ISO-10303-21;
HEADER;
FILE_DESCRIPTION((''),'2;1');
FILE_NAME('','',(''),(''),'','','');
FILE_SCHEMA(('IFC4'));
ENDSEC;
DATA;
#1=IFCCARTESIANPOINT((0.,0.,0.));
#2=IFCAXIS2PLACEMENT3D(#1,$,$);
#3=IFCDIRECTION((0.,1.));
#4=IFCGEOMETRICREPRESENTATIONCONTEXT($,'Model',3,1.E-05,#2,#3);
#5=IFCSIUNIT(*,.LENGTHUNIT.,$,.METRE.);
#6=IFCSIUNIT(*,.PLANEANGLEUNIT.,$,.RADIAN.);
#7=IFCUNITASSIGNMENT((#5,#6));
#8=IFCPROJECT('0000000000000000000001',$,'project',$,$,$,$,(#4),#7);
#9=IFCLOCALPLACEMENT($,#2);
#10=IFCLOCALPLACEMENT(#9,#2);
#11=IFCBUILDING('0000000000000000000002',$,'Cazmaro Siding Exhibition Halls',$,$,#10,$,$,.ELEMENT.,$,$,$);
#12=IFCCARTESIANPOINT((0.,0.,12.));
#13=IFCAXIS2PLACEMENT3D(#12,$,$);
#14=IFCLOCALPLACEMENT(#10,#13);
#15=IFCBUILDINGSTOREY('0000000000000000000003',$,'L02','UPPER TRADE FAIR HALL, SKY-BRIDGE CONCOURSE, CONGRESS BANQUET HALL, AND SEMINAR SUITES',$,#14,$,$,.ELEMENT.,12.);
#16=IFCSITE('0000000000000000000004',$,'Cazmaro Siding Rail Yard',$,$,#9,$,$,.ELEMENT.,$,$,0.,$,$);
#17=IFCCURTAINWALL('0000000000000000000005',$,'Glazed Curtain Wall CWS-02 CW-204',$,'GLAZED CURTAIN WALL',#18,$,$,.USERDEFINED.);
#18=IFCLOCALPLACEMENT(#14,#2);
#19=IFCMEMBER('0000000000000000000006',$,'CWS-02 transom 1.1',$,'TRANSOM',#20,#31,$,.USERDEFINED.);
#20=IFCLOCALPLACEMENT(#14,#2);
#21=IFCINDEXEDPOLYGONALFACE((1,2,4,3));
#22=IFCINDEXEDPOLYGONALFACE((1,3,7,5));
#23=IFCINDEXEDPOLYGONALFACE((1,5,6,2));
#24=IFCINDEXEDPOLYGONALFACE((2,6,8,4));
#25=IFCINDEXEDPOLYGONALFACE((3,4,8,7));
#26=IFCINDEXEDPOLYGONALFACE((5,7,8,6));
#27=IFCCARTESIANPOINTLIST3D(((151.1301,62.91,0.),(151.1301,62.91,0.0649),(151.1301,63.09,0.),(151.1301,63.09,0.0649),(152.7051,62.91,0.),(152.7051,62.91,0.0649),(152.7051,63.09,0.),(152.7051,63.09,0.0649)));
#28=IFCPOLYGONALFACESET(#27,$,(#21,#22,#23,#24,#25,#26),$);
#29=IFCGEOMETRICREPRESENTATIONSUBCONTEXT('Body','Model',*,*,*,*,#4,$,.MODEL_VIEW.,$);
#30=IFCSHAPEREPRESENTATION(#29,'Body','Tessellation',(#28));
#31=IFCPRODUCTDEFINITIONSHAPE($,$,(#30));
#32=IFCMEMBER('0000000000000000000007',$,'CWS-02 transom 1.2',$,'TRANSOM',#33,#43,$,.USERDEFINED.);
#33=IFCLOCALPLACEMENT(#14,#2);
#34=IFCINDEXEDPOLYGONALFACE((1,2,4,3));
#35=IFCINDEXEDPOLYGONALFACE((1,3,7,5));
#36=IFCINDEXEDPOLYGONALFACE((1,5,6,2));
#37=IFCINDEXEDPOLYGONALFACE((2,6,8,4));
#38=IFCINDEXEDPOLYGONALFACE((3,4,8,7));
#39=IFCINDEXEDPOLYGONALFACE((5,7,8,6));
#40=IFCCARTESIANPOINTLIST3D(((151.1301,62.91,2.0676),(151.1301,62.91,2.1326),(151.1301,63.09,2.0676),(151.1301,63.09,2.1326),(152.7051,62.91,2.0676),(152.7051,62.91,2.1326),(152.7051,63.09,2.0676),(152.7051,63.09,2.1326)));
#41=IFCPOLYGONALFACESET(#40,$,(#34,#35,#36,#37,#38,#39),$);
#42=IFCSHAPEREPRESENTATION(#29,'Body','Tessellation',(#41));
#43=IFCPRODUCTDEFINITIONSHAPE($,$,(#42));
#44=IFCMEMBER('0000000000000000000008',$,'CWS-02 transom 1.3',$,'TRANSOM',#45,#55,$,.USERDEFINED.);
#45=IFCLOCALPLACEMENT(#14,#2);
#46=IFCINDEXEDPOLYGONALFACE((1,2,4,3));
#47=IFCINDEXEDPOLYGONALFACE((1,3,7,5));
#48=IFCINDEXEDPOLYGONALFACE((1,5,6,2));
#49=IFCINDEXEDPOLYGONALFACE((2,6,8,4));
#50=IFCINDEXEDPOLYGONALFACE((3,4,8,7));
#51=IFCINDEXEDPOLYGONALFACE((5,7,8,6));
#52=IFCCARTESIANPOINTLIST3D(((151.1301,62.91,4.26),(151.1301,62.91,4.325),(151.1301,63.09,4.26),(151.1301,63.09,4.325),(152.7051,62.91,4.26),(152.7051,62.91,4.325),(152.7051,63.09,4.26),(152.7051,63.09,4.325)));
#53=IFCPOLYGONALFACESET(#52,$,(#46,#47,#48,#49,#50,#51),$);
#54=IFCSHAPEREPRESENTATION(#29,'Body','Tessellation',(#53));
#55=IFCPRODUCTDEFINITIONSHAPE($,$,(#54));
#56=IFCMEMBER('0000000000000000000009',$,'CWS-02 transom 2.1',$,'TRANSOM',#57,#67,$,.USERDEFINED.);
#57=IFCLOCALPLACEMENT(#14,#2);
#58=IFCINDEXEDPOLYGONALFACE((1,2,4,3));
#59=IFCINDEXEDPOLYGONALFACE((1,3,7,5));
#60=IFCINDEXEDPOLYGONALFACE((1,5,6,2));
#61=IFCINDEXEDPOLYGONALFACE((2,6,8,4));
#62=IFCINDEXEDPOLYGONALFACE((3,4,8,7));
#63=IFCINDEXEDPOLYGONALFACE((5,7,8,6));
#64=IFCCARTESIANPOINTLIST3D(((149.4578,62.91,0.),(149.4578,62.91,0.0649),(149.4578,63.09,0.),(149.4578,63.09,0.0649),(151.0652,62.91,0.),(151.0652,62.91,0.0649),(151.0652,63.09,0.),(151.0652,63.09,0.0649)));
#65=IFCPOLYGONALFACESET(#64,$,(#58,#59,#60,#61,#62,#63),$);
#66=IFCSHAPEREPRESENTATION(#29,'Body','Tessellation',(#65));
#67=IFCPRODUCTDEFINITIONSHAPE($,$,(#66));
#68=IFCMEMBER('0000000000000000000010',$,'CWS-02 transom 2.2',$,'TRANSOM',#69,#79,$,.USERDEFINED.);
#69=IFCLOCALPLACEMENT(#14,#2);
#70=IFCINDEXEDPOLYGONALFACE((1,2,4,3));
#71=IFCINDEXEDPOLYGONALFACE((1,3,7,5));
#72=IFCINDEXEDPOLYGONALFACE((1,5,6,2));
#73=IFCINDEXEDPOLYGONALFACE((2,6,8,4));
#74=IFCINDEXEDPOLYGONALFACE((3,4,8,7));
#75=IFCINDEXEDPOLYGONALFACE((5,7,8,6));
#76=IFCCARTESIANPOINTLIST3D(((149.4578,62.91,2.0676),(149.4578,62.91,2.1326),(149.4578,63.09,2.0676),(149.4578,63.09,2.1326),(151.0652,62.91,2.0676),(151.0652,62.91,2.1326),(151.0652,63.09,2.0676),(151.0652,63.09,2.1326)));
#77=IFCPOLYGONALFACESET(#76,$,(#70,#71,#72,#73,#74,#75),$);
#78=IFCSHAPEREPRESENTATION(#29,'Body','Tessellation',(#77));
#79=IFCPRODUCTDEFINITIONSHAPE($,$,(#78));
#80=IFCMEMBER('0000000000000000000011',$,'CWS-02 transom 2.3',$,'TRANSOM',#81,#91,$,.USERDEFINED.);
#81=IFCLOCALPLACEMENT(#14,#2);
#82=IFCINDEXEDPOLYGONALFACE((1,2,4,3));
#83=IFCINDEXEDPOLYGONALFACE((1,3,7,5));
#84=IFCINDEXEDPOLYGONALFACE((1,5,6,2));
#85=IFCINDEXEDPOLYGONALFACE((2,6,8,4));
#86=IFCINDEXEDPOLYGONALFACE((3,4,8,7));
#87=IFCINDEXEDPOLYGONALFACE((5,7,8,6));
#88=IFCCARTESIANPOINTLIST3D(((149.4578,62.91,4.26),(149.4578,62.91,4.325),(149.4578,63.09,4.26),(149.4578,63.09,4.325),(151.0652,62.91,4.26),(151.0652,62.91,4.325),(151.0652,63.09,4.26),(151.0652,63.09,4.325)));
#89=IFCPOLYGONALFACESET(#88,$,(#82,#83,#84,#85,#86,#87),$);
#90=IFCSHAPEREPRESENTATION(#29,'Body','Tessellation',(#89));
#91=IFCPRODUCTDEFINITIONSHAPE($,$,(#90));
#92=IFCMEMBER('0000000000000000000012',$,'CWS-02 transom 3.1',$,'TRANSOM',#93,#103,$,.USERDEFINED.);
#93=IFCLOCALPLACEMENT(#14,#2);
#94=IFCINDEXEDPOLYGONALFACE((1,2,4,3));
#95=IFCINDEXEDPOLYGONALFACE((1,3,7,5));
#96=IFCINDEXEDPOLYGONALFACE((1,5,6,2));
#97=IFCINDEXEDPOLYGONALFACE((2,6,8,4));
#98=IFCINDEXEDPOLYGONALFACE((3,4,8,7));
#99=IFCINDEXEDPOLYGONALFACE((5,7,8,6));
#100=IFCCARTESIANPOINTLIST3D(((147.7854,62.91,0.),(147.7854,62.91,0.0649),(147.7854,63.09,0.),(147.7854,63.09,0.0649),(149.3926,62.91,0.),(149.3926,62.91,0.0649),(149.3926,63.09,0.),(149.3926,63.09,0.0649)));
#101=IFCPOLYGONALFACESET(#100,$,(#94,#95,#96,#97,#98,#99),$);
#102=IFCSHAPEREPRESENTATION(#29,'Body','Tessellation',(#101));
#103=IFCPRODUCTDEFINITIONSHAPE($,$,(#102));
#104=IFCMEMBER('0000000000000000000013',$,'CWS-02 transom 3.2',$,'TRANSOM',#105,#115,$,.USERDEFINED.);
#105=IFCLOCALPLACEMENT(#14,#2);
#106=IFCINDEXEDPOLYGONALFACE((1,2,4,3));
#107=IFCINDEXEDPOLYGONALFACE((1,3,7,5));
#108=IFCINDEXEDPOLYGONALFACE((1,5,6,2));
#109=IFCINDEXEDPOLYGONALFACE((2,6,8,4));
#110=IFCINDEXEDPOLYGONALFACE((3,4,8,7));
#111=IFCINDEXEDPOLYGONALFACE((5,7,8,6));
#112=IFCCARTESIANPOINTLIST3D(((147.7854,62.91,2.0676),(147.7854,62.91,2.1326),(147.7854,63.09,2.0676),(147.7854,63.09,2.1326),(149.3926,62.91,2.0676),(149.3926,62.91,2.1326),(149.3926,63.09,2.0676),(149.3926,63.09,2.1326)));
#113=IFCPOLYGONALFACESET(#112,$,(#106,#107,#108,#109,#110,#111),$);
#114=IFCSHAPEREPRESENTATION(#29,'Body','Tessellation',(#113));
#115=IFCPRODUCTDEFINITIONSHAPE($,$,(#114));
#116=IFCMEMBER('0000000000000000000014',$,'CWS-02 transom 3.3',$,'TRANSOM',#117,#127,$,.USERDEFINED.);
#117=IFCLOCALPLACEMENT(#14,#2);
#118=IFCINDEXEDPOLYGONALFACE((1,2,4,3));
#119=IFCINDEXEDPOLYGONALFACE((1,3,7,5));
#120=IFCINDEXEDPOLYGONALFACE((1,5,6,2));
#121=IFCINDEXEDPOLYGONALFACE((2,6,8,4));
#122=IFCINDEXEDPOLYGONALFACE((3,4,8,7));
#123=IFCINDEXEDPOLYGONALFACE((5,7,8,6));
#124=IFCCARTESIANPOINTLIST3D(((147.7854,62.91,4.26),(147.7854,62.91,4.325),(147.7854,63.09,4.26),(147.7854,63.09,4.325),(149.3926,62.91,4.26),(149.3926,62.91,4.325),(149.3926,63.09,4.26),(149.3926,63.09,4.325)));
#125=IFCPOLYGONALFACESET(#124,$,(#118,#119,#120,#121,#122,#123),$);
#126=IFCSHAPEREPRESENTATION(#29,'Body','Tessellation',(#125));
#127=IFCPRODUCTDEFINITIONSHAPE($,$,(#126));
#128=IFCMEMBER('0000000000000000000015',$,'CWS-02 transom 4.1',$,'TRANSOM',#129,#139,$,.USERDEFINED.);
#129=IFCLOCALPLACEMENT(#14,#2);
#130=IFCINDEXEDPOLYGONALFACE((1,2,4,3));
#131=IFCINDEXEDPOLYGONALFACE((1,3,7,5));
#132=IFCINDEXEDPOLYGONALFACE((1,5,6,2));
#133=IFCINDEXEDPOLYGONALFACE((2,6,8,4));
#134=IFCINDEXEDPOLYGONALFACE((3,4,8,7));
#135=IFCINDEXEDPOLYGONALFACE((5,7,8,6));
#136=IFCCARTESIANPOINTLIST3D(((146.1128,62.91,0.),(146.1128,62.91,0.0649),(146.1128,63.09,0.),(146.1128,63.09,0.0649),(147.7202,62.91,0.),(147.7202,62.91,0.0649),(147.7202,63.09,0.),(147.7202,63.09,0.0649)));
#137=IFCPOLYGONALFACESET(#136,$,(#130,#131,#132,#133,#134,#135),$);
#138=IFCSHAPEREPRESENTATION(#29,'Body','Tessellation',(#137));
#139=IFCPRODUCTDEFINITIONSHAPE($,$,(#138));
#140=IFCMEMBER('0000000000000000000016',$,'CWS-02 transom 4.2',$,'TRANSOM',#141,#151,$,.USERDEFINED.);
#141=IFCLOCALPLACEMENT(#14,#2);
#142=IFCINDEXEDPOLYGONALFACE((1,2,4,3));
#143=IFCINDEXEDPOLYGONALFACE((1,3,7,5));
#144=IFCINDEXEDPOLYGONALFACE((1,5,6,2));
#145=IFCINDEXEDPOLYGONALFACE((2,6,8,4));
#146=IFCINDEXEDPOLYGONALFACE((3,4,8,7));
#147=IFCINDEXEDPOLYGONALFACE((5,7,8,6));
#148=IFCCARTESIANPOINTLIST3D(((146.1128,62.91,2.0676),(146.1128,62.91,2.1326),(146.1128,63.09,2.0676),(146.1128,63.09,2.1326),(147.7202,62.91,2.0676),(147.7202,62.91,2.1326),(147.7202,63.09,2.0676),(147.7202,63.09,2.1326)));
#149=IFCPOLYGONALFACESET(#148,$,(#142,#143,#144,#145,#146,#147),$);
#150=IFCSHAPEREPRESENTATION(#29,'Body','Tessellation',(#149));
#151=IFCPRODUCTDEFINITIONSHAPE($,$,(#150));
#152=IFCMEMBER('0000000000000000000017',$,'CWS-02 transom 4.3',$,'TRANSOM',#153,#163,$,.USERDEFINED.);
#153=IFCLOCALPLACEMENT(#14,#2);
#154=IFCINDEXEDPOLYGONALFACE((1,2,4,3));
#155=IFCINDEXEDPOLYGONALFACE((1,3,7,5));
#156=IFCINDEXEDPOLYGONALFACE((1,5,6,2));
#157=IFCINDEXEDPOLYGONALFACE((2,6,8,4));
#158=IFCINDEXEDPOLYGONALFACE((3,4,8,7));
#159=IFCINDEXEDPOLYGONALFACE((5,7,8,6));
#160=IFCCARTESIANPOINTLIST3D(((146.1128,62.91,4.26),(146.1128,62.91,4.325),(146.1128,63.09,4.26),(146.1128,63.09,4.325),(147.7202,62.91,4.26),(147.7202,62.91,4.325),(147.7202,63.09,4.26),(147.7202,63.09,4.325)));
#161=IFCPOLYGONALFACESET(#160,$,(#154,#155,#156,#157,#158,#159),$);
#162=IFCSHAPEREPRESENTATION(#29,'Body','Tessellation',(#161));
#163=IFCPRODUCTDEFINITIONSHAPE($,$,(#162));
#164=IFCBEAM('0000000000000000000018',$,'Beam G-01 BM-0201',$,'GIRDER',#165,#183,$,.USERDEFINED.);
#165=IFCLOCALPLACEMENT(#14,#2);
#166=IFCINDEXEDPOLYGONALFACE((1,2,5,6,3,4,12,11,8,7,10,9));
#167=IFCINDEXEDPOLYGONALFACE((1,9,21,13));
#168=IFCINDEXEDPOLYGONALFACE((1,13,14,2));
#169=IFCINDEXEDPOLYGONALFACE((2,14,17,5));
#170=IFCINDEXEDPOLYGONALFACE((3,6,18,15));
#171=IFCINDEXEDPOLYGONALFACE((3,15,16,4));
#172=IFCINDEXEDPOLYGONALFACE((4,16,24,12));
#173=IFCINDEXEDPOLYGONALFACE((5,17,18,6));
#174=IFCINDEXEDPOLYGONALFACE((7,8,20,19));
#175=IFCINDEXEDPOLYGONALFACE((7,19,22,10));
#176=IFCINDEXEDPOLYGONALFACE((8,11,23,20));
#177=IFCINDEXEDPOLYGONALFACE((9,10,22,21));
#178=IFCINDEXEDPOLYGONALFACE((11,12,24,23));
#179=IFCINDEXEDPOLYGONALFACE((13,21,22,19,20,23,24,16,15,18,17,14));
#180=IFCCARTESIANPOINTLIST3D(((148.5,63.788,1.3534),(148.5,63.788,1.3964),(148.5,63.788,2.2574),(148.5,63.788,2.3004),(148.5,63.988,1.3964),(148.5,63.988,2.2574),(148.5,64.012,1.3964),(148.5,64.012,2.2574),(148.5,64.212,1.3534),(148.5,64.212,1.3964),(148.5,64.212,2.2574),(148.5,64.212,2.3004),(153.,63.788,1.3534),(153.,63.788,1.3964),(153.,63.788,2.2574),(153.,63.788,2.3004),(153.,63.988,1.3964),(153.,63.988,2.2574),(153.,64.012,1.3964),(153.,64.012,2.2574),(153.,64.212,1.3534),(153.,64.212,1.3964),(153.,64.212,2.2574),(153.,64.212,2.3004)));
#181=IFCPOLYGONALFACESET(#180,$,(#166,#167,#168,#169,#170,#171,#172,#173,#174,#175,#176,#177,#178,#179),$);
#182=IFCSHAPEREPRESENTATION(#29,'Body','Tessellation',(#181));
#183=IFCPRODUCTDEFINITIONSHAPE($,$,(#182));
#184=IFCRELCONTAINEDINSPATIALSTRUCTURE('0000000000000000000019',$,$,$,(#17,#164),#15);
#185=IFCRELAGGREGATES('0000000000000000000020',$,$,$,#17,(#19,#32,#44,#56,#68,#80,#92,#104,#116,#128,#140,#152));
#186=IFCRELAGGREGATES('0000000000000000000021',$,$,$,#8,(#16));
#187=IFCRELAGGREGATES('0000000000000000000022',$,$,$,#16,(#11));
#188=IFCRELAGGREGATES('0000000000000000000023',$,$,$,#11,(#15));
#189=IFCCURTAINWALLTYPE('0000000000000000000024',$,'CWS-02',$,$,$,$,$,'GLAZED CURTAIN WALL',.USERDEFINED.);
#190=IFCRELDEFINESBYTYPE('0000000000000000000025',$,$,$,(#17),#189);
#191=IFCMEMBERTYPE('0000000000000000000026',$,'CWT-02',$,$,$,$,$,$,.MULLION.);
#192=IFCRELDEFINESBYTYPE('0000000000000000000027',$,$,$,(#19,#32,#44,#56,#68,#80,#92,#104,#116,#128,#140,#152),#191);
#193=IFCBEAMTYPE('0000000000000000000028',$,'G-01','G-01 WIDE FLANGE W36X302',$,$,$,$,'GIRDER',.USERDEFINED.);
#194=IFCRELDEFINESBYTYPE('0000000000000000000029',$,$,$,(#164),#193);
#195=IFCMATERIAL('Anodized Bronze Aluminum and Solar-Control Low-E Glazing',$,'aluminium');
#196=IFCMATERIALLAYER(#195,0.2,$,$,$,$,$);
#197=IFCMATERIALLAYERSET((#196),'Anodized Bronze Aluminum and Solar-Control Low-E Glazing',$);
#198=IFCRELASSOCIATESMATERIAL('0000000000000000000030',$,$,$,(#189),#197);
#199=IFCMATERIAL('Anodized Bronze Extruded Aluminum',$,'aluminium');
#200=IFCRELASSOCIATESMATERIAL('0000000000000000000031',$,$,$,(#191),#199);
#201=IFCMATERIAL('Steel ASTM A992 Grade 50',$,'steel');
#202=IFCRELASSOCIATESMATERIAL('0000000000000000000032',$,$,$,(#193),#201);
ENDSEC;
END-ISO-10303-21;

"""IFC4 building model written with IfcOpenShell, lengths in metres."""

from ifc_helpers import new_model, si_unit, direction, frame, origin, origin_2d, place, context, subcontext, project, spatial, rectangle, i_section, extrude, material, layer, layer_set, material_profile, profile_set, type_object, element, aggregate, save


model = new_model("IFC4")

# Units and contexts
model_context = context("Model", 3, precision=1e-05, world=origin(), true_north=direction((0.0, 1.0)))
body_context = subcontext(model_context, "Body", "Model", "MODEL_VIEW")
ifc_project = project(units=[si_unit("LENGTHUNIT", "METRE"), si_unit("PLANEANGLEUNIT", "RADIAN")], contexts=[model_context])

# Site, building, storey
site_placement = place(None, origin())
site = spatial("IfcSite", under=ifc_project, at=site_placement, Name="Cazmaro Siding Rail Yard", CompositionType="ELEMENT", RefElevation=0.0)
building_placement = place(site_placement, origin())
building = spatial("IfcBuilding", under=site, at=building_placement, Name="Cazmaro Siding Exhibition Halls", CompositionType="ELEMENT")
storey_placement = place(building_placement, frame((0.0, 0.0, 12.0)))
storey = spatial("IfcBuildingStorey", under=building, at=storey_placement, Name="L02", Description="UPPER TRADE FAIR HALL, SKY-BRIDGE CONCOURSE, CONGRESS BANQUET HALL, AND SEMINAR SUITES", CompositionType="ELEMENT", Elevation=12.0)

# Curtain wall, members
ifc_material_1 = material(Name="Anodized Bronze Aluminum and Solar-Control Low-E Glazing", Category="aluminium")
ifc_layer_1 = layer(ifc_material_1, 0.2)
ifc_layer_set_1 = layer_set([ifc_layer_1], Name="Anodized Bronze Aluminum and Solar-Control Low-E Glazing")
curtain_wall_type = type_object("IfcCurtainWallType", Name="CWS-02", ElementType="GLAZED CURTAIN WALL", PredefinedType="USERDEFINED", material=ifc_layer_set_1)
curtain_wall_placement = place(storey_placement, origin())
curtain_wall = element("IfcCurtainWall", 1, at=curtain_wall_placement, inside=storey, type_object=curtain_wall_type, Name="Glazed Curtain Wall CWS-02 CW-204", ObjectType="GLAZED CURTAIN WALL", PredefinedType="USERDEFINED")
ifc_material_2 = material(Name="Anodized Bronze Extruded Aluminum", Category="aluminium")
ifc_material_profile_1 = material_profile(ifc_material_2, rectangle(XDim=0.1799, YDim=0.0649, at=origin_2d()), Name="CWT-02")
ifc_profile_set_1 = profile_set([ifc_material_profile_1], Name="Anodized Bronze Extruded Aluminum")
member_type_1 = type_object("IfcMemberType", Name="CWT-02", PredefinedType="MULLION", material=ifc_profile_set_1)
member_1_placement = place(storey_placement, frame((152.7051, 63.0, 0.0325), z_axis=(-1.0, 0.0, 0.0), x_axis=(0.0, -1.0, 0.0)))
member_1 = element("IfcMember", 2, at=member_1_placement, type_object=member_type_1, Name="CWS-02 transom 1.1", ObjectType="TRANSOM", PredefinedType="USERDEFINED", context=body_context, shape_type="SweptSolid", body=[
    extrude(rectangle(XDim=0.1799, YDim=0.0649, at=origin_2d()), origin(), (0.0, 0.0, 1.0), 1.575),
])
member_2_placement = place(storey_placement, frame((152.7051, 63.0, 2.1001), z_axis=(-1.0, 0.0, 0.0), x_axis=(0.0, -1.0, 0.0)))
member_2 = element("IfcMember", 3, at=member_2_placement, type_object=member_type_1, Name="CWS-02 transom 1.2", ObjectType="TRANSOM", PredefinedType="USERDEFINED", context=body_context, shape_type="SweptSolid", body=[
    extrude(rectangle(XDim=0.1799, YDim=0.0649, at=origin_2d()), origin(), (0.0, 0.0, 1.0), 1.575),
])
member_3_placement = place(storey_placement, frame((152.7051, 63.0, 4.2925), z_axis=(-1.0, 0.0, 0.0), x_axis=(0.0, -1.0, 0.0)))
member_3 = element("IfcMember", 4, at=member_3_placement, type_object=member_type_1, Name="CWS-02 transom 1.3", ObjectType="TRANSOM", PredefinedType="USERDEFINED", context=body_context, shape_type="SweptSolid", body=[
    extrude(rectangle(XDim=0.1799, YDim=0.0649, at=origin_2d()), origin(), (0.0, 0.0, 1.0), 1.575),
])
member_4_placement = place(storey_placement, frame((151.0652, 63.0, 0.0325), z_axis=(-1.0, 0.0, 0.0), x_axis=(0.0, -1.0, 0.0)))
member_4 = element("IfcMember", 5, at=member_4_placement, type_object=member_type_1, Name="CWS-02 transom 2.1", ObjectType="TRANSOM", PredefinedType="USERDEFINED", context=body_context, shape_type="SweptSolid", body=[
    extrude(rectangle(XDim=0.1799, YDim=0.0649, at=origin_2d()), origin(), (0.0, 0.0, 1.0), 1.6074),
])
member_5_placement = place(storey_placement, frame((151.0652, 63.0, 2.1001), z_axis=(-1.0, 0.0, 0.0), x_axis=(0.0, -1.0, 0.0)))
member_5 = element("IfcMember", 6, at=member_5_placement, type_object=member_type_1, Name="CWS-02 transom 2.2", ObjectType="TRANSOM", PredefinedType="USERDEFINED", context=body_context, shape_type="SweptSolid", body=[
    extrude(rectangle(XDim=0.1799, YDim=0.0649, at=origin_2d()), origin(), (0.0, 0.0, 1.0), 1.6074),
])
member_6_placement = place(storey_placement, frame((151.0652, 63.0, 4.2925), z_axis=(-1.0, 0.0, 0.0), x_axis=(0.0, -1.0, 0.0)))
member_6 = element("IfcMember", 7, at=member_6_placement, type_object=member_type_1, Name="CWS-02 transom 2.3", ObjectType="TRANSOM", PredefinedType="USERDEFINED", context=body_context, shape_type="SweptSolid", body=[
    extrude(rectangle(XDim=0.1799, YDim=0.0649, at=origin_2d()), origin(), (0.0, 0.0, 1.0), 1.6074),
])
member_7_placement = place(storey_placement, frame((149.3926, 63.0, 0.0325), z_axis=(-1.0, 0.0, 0.0), x_axis=(0.0, -1.0, 0.0)))
member_7 = element("IfcMember", 8, at=member_7_placement, type_object=member_type_1, Name="CWS-02 transom 3.1", ObjectType="TRANSOM", PredefinedType="USERDEFINED", context=body_context, shape_type="SweptSolid", body=[
    extrude(rectangle(XDim=0.1799, YDim=0.0649, at=origin_2d()), origin(), (0.0, 0.0, 1.0), 1.6072),
])
member_8_placement = place(storey_placement, frame((149.3926, 63.0, 2.1001), z_axis=(-1.0, 0.0, 0.0), x_axis=(0.0, -1.0, 0.0)))
member_8 = element("IfcMember", 9, at=member_8_placement, type_object=member_type_1, Name="CWS-02 transom 3.2", ObjectType="TRANSOM", PredefinedType="USERDEFINED", context=body_context, shape_type="SweptSolid", body=[
    extrude(rectangle(XDim=0.1799, YDim=0.0649, at=origin_2d()), origin(), (0.0, 0.0, 1.0), 1.6072),
])
member_9_placement = place(storey_placement, frame((149.3926, 63.0, 4.2925), z_axis=(-1.0, 0.0, 0.0), x_axis=(0.0, -1.0, 0.0)))
member_9 = element("IfcMember", 10, at=member_9_placement, type_object=member_type_1, Name="CWS-02 transom 3.3", ObjectType="TRANSOM", PredefinedType="USERDEFINED", context=body_context, shape_type="SweptSolid", body=[
    extrude(rectangle(XDim=0.1799, YDim=0.0649, at=origin_2d()), origin(), (0.0, 0.0, 1.0), 1.6072),
])
member_10_placement = place(storey_placement, frame((147.7202, 63.0, 0.0325), z_axis=(-1.0, 0.0, 0.0), x_axis=(0.0, -1.0, 0.0)))
member_10 = element("IfcMember", 11, at=member_10_placement, type_object=member_type_1, Name="CWS-02 transom 4.1", ObjectType="TRANSOM", PredefinedType="USERDEFINED", context=body_context, shape_type="SweptSolid", body=[
    extrude(rectangle(XDim=0.1799, YDim=0.0649, at=origin_2d()), origin(), (0.0, 0.0, 1.0), 1.6074),
])
member_11_placement = place(storey_placement, frame((147.7202, 63.0, 2.1001), z_axis=(-1.0, 0.0, 0.0), x_axis=(0.0, -1.0, 0.0)))
member_11 = element("IfcMember", 12, at=member_11_placement, type_object=member_type_1, Name="CWS-02 transom 4.2", ObjectType="TRANSOM", PredefinedType="USERDEFINED", context=body_context, shape_type="SweptSolid", body=[
    extrude(rectangle(XDim=0.1799, YDim=0.0649, at=origin_2d()), origin(), (0.0, 0.0, 1.0), 1.6074),
])
member_12_placement = place(storey_placement, frame((147.7202, 63.0, 4.2925), z_axis=(-1.0, 0.0, 0.0), x_axis=(0.0, -1.0, 0.0)))
member_12 = element("IfcMember", 13, at=member_12_placement, type_object=member_type_1, Name="CWS-02 transom 4.3", ObjectType="TRANSOM", PredefinedType="USERDEFINED", context=body_context, shape_type="SweptSolid", body=[
    extrude(rectangle(XDim=0.1799, YDim=0.0649, at=origin_2d()), origin(), (0.0, 0.0, 1.0), 1.6074),
])

# Beam
ifc_material_3 = material(Name="Steel ASTM A992 Grade 50", Category="steel")
ifc_material_profile_2 = material_profile(ifc_material_3, i_section(OverallWidth=0.4241, OverallDepth=0.947, WebThickness=0.0239, FlangeThickness=0.043, at=origin_2d()), Name="W36X302")
ifc_profile_set_2 = profile_set([ifc_material_profile_2], Name="Steel ASTM A992 Grade 50")
beam_type_1 = type_object("IfcBeamType", Name="G-01", Description="G-01 WIDE FLANGE W36X302", ElementType="GIRDER", PredefinedType="USERDEFINED", material=ifc_profile_set_2)
beam_1_placement = place(storey_placement, frame((148.5, 64.0, 1.8269), z_axis=(1.0, 0.0, 0.0), x_axis=(0.0, 1.0, 0.0)))
element("IfcBeam", 14, at=beam_1_placement, inside=storey, type_object=beam_type_1, Name="Beam G-01 BM-0201", ObjectType="GIRDER", PredefinedType="USERDEFINED", context=body_context, shape_type="SweptSolid", body=[
    extrude(i_section(OverallWidth=0.4241, OverallDepth=0.947, WebThickness=0.0239, FlangeThickness=0.043, at=origin_2d()), origin(), (0.0, 0.0, 1.0), 4.5),
])

aggregate(curtain_wall, [member_1, member_2, member_3, member_4, member_5, member_6, member_7, member_8, member_9, member_10, member_11, member_12])

save(model, "model.ifc")
